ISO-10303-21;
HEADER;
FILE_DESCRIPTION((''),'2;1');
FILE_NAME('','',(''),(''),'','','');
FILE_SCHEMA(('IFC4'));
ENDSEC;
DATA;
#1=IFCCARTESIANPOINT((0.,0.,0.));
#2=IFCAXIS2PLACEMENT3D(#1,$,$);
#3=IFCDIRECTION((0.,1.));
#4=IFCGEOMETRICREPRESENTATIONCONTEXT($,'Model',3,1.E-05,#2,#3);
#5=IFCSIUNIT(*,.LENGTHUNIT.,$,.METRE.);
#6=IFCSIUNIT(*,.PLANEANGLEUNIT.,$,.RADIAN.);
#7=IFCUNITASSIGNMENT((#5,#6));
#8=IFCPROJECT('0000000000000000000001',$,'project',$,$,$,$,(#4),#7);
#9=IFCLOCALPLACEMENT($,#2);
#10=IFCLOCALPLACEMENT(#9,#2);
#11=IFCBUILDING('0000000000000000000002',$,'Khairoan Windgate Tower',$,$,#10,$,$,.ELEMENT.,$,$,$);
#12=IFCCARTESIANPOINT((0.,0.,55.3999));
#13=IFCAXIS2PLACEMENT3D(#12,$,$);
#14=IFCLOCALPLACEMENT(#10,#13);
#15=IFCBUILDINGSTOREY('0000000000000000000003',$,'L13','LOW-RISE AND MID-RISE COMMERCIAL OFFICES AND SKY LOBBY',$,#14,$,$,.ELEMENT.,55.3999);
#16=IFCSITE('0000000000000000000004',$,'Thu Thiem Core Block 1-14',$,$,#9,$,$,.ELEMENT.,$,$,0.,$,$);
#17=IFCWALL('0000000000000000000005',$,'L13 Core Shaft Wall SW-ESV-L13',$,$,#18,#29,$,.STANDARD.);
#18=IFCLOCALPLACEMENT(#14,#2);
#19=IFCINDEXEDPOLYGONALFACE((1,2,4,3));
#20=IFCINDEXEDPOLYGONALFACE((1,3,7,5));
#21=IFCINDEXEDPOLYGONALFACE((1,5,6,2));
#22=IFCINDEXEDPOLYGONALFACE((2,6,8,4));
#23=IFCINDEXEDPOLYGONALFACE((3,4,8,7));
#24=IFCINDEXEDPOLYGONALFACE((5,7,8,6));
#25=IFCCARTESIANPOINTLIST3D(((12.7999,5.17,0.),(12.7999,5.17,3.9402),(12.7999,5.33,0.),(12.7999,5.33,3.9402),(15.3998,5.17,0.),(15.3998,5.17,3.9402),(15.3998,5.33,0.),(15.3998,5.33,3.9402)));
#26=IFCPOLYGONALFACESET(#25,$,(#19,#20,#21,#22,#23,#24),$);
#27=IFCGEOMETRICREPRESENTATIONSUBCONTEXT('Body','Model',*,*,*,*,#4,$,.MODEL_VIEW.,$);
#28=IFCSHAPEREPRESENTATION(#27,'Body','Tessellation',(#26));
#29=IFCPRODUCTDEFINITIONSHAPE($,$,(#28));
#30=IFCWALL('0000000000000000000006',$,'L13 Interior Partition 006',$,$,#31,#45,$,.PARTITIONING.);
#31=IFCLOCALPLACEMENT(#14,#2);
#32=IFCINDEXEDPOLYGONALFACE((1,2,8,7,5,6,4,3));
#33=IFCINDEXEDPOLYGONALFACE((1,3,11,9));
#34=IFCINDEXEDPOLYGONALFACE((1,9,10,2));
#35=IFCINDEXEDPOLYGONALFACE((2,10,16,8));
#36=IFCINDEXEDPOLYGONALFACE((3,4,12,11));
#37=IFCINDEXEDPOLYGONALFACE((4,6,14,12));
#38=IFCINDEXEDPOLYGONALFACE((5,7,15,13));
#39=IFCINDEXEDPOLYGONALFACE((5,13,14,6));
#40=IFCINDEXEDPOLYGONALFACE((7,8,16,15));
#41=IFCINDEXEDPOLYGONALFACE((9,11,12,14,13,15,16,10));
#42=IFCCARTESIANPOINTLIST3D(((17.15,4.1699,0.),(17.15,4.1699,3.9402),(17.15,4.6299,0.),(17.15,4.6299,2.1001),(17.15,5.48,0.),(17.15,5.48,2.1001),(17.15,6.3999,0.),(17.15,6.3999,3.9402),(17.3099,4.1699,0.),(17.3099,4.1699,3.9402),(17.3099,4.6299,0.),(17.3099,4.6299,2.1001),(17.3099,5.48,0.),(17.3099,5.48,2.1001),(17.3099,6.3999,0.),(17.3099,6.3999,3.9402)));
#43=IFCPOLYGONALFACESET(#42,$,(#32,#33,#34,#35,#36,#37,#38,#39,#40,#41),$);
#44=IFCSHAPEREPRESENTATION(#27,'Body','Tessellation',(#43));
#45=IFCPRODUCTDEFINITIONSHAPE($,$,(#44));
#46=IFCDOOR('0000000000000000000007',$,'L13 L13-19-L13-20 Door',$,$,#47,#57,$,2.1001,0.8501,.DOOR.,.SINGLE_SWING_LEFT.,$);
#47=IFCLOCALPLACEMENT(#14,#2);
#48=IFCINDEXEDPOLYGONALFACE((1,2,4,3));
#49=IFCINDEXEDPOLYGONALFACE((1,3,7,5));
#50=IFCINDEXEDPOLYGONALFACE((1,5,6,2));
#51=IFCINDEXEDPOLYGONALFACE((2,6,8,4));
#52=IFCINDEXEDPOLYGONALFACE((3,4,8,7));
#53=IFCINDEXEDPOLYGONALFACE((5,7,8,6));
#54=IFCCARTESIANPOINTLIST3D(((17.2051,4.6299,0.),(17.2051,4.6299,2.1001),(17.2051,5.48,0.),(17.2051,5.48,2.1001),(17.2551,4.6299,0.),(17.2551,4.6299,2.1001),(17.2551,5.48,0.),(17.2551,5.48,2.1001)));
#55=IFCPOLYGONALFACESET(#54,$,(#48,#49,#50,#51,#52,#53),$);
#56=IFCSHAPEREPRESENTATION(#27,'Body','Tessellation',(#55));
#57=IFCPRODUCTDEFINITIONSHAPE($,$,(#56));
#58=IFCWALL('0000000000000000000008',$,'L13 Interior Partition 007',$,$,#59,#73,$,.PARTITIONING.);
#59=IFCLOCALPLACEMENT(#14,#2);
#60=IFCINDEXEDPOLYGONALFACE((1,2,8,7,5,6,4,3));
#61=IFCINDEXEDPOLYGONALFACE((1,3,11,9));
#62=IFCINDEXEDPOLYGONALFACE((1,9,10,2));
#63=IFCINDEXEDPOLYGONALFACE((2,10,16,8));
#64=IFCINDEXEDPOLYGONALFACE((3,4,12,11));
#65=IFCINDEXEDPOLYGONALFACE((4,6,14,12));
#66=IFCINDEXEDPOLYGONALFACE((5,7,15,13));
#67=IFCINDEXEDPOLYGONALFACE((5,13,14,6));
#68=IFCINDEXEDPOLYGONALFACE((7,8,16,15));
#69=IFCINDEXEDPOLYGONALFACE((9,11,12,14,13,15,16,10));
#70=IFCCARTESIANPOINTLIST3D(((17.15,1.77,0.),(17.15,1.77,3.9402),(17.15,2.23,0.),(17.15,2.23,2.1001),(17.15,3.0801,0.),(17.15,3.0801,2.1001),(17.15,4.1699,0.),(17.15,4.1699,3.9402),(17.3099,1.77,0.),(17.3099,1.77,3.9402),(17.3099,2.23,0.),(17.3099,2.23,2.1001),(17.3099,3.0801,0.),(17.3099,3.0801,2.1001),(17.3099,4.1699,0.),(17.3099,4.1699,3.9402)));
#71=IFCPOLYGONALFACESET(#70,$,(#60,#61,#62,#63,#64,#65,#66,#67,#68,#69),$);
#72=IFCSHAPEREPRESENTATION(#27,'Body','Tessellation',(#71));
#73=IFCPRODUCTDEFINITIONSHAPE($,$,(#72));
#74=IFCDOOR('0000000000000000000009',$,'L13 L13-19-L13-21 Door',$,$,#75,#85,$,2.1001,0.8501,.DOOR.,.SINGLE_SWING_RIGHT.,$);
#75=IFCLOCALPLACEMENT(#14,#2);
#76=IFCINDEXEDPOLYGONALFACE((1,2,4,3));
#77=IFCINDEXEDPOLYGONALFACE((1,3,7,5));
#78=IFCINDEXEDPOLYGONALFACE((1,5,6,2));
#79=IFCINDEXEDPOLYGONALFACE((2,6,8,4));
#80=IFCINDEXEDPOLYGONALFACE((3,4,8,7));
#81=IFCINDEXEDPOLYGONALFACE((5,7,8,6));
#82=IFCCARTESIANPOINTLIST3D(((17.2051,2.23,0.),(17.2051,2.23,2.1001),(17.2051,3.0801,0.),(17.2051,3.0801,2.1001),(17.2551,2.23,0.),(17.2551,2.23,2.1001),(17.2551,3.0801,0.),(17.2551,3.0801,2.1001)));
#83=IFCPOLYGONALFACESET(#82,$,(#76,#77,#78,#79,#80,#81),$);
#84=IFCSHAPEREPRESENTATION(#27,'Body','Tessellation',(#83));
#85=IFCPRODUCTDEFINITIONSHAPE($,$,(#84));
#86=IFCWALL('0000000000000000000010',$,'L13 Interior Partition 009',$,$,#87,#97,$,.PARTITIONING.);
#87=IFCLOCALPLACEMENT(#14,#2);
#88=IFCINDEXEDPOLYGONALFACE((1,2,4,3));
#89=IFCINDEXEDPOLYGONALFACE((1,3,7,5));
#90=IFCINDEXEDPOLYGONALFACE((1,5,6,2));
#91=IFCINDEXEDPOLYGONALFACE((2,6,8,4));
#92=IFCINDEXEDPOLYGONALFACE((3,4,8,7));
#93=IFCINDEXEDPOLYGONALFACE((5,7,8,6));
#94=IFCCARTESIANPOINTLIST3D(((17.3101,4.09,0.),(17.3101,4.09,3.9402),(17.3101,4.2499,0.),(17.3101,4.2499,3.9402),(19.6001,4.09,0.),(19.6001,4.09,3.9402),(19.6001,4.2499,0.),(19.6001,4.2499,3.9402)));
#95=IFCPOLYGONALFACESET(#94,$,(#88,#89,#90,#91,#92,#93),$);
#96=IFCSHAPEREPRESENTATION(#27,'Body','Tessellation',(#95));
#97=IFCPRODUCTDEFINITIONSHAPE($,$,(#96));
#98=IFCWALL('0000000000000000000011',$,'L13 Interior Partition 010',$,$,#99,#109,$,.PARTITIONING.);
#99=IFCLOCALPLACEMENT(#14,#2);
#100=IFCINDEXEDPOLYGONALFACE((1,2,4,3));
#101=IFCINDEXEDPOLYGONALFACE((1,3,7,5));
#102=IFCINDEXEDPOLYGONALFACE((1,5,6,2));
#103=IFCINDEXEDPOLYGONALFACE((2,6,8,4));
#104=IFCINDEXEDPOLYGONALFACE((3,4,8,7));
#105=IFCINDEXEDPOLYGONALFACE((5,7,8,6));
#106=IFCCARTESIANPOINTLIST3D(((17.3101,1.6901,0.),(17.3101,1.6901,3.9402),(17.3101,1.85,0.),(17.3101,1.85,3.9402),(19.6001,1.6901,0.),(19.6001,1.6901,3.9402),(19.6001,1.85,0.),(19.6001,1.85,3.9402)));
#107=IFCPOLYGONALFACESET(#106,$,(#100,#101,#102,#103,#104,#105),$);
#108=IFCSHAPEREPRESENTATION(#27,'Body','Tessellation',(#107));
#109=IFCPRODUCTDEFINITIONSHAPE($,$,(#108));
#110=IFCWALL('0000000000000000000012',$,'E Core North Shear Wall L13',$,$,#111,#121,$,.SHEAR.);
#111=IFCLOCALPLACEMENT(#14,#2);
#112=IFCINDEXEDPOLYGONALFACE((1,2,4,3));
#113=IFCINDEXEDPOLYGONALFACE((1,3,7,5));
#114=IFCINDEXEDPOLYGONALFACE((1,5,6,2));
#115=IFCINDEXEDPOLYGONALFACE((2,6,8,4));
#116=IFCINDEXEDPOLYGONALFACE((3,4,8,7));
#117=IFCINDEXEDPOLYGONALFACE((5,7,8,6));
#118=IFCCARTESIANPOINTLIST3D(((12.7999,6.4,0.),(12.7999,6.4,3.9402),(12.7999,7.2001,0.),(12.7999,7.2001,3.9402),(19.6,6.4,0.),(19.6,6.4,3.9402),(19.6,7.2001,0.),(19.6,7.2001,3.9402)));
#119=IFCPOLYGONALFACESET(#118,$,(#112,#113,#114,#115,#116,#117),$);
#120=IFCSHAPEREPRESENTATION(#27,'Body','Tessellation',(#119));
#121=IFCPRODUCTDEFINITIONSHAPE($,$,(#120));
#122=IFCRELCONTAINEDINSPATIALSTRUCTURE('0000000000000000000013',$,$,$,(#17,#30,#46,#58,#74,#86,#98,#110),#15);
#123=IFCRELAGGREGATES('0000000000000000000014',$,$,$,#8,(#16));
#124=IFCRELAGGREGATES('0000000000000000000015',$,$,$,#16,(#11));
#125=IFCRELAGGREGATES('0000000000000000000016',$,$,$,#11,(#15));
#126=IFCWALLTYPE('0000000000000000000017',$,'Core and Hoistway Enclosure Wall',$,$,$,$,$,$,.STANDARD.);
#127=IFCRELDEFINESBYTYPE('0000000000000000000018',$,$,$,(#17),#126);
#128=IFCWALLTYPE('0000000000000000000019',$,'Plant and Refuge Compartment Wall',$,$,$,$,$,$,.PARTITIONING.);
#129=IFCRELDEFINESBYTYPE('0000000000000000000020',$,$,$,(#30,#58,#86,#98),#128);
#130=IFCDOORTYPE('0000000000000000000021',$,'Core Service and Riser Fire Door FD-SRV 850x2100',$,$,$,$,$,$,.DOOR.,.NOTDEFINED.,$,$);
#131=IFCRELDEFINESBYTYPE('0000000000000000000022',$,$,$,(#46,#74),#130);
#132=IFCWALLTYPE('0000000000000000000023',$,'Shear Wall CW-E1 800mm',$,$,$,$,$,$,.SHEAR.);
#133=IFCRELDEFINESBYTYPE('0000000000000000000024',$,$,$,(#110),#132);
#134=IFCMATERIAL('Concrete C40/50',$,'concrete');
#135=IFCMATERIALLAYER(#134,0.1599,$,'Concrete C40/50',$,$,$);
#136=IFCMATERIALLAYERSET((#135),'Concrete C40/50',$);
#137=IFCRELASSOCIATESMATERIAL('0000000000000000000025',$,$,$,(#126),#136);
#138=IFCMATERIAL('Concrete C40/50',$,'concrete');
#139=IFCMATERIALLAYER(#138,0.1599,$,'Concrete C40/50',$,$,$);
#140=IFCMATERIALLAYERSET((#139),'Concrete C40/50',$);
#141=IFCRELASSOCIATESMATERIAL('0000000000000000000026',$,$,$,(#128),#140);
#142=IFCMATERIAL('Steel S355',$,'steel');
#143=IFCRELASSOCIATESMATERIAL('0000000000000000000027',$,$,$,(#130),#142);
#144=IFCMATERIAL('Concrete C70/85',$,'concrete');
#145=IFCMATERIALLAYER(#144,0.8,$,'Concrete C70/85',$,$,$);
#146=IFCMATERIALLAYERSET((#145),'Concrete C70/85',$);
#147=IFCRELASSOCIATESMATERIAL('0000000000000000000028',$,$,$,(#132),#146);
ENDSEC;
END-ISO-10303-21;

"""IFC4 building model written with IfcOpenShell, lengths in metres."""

from ifc_helpers import new_model, si_unit, direction, frame, frame_2d, origin, place, context, subcontext, project, spatial, rectangle, extrude, material, layer, layer_set, type_object, element, fill, save


model = new_model("IFC4")

# Units and contexts
model_context = context("Model", 3, precision=1e-05, world=origin(), true_north=direction((0.0, 1.0)))
body_context = subcontext(model_context, "Body", "Model", "MODEL_VIEW")
ifc_project = project(units=[si_unit("LENGTHUNIT", "METRE"), si_unit("PLANEANGLEUNIT", "RADIAN")], contexts=[model_context])

# Site, building, storey
site_placement = place(None, origin())
site = spatial("IfcSite", under=ifc_project, at=site_placement, Name="Thu Thiem Core Block 1-14", CompositionType="ELEMENT", RefElevation=0.0)
building_placement = place(site_placement, origin())
building = spatial("IfcBuilding", under=site, at=building_placement, Name="Khairoan Windgate Tower", CompositionType="ELEMENT")
storey_placement = place(building_placement, frame((0.0, 0.0, 55.3999)))
storey = spatial("IfcBuildingStorey", under=building, at=storey_placement, Name="L13", Description="LOW-RISE AND MID-RISE COMMERCIAL OFFICES AND SKY LOBBY", CompositionType="ELEMENT", Elevation=55.3999)

# Wall
ifc_material_1 = material(Name="Concrete C40/50", Category="concrete")
ifc_layer_1 = layer(ifc_material_1, 0.1599, Name="Concrete C40/50")
ifc_layer_set_1 = layer_set([ifc_layer_1], Name="Concrete C40/50")
wall_type_1 = type_object("IfcWallType", Name="Core and Hoistway Enclosure Wall", PredefinedType="STANDARD", material=ifc_layer_set_1)
wall_1_placement = place(storey_placement, frame((12.8, 5.25, 0.0), z_axis=(0.0, 0.0, 1.0), x_axis=(1.0, 0.0, 0.0)))
element("IfcWall", 1, at=wall_1_placement, inside=storey, type_object=wall_type_1, Name="L13 Core Shaft Wall SW-ESV-L13", PredefinedType="STANDARD", context=body_context, shape_type="SweptSolid", body=[
    extrude(rectangle(XDim=2.5999, YDim=0.1599, at=frame_2d((1.2998, 0.0))), origin(), (0.0, 0.0, 1.0), 3.9402),
])

# Walls, openings, doors
ifc_material_2 = material(Name="Concrete C40/50", Category="concrete")
ifc_layer_2 = layer(ifc_material_2, 0.1599, Name="Concrete C40/50")
ifc_layer_set_2 = layer_set([ifc_layer_2], Name="Concrete C40/50")
wall_type_2 = type_object("IfcWallType", Name="Plant and Refuge Compartment Wall", PredefinedType="PARTITIONING", material=ifc_layer_set_2)
wall_2_placement = place(storey_placement, frame((17.23, 4.1699, 0.0), z_axis=(0.0, 0.0, 1.0), x_axis=(0.0, 1.0, 0.0)))
wall_2 = element("IfcWall", 2, at=wall_2_placement, inside=storey, type_object=wall_type_2, Name="L13 Interior Partition 006", PredefinedType="PARTITIONING", context=body_context, shape_type="SweptSolid", body=[
    extrude(rectangle(XDim=2.23, YDim=0.1599, at=frame_2d((1.115, 0.0))), origin(), (0.0, 0.0, 1.0), 3.9402),
])
opening_1_placement = place(wall_2_placement, frame((0.46, 0.0, 0.0)))
opening_1 = element("IfcOpeningElement", 3, at=opening_1_placement, cuts=wall_2, PredefinedType="OPENING", context=body_context, shape_type="SweptSolid", body=[
    extrude(rectangle(XDim=0.8501, YDim=2.1001, at=frame_2d((0.425, 1.05))), frame((0.0, 0.0898, 0.0), z_axis=(0.0, -1.0, 0.0), x_axis=(1.0, 0.0, 0.0)), (0.0, 0.0, 1.0), 0.1799),
])
ifc_material_3 = material(Name="Steel S355", Category="steel")
door_type = type_object("IfcDoorType", Name="Core Service and Riser Fire Door FD-SRV 850x2100", OperationType="NOTDEFINED", PredefinedType="DOOR", material=ifc_material_3)
door_1_placement = place(opening_1_placement, origin())
door_1 = element("IfcDoor", 4, at=door_1_placement, inside=storey, type_object=door_type, Name="L13 L13-19-L13-20 Door", OperationType="SINGLE_SWING_LEFT", OverallHeight=2.1001, OverallWidth=0.8501, PredefinedType="DOOR", context=body_context, shape_type="SweptSolid", body=[
    extrude(rectangle(XDim=0.8501, YDim=2.1001, at=frame_2d((0.425, 1.05))), frame((0.0, 0.0249, 0.0), z_axis=(0.0, -1.0, 0.0), x_axis=(1.0, 0.0, 0.0)), (0.0, 0.0, 1.0), 0.05),
])
fill(opening_1, door_1)
wall_3_placement = place(storey_placement, frame((17.23, 1.77, 0.0), z_axis=(0.0, 0.0, 1.0), x_axis=(0.0, 1.0, 0.0)))
wall_3 = element("IfcWall", 5, at=wall_3_placement, inside=storey, type_object=wall_type_2, Name="L13 Interior Partition 007", PredefinedType="PARTITIONING", context=body_context, shape_type="SweptSolid", body=[
    extrude(rectangle(XDim=2.3999, YDim=0.1599, at=frame_2d((1.2, 0.0))), origin(), (0.0, 0.0, 1.0), 3.9402),
])
opening_2_placement = place(wall_3_placement, frame((0.46, 0.0, 0.0)))
opening_2 = element("IfcOpeningElement", 6, at=opening_2_placement, cuts=wall_3, PredefinedType="OPENING", context=body_context, shape_type="SweptSolid", body=[
    extrude(rectangle(XDim=0.8501, YDim=2.1001, at=frame_2d((0.425, 1.05))), frame((0.0, 0.0898, 0.0), z_axis=(0.0, -1.0, 0.0), x_axis=(1.0, 0.0, 0.0)), (0.0, 0.0, 1.0), 0.1799),
])
door_2_placement = place(opening_2_placement, origin())
door_2 = element("IfcDoor", 7, at=door_2_placement, inside=storey, type_object=door_type, Name="L13 L13-19-L13-21 Door", OperationType="SINGLE_SWING_RIGHT", OverallHeight=2.1001, OverallWidth=0.8501, PredefinedType="DOOR", context=body_context, shape_type="SweptSolid", body=[
    extrude(rectangle(XDim=0.8501, YDim=2.1001, at=frame_2d((0.425, 1.05))), frame((0.0, 0.0249, 0.0), z_axis=(0.0, -1.0, 0.0), x_axis=(1.0, 0.0, 0.0)), (0.0, 0.0, 1.0), 0.05),
])
fill(opening_2, door_2)

# Walls
for number, where, z_axis, x_axis, name in (
    (8, (17.3101, 4.1699, 0.0), (0.0, 0.0, 1.0), (1.0, 0.0, 0.0), "L13 Interior Partition 009"),
    (9, (17.3101, 1.77, 0.0), (0.0, 0.0, 1.0), (1.0, 0.0, 0.0), "L13 Interior Partition 010"),
):
    element("IfcWall", number, at=place(storey_placement, frame(where, z_axis=z_axis, x_axis=x_axis)), inside=storey, type_object=wall_type_2, Name=name, PredefinedType="PARTITIONING", context=body_context, shape_type="SweptSolid", body=[
        extrude(rectangle(XDim=2.29, YDim=0.1599, at=frame_2d((1.145, 0.0))), origin(), (0.0, 0.0, 1.0), 3.9402),
    ])
ifc_material_4 = material(Name="Concrete C70/85", Category="concrete")
ifc_layer_3 = layer(ifc_material_4, 0.8, Name="Concrete C70/85")
ifc_layer_set_3 = layer_set([ifc_layer_3], Name="Concrete C70/85")
wall_type_3 = type_object("IfcWallType", Name="Shear Wall CW-E1 800mm", PredefinedType="SHEAR", material=ifc_layer_set_3)
wall_4_placement = place(storey_placement, frame((12.8, 6.8, 0.0), z_axis=(0.0, 0.0, 1.0), x_axis=(1.0, 0.0, 0.0)))
element("IfcWall", 10, at=wall_4_placement, inside=storey, type_object=wall_type_3, Name="E Core North Shear Wall L13", PredefinedType="SHEAR", context=body_context, shape_type="SweptSolid", body=[
    extrude(rectangle(XDim=6.8, YDim=0.8, at=frame_2d((3.3999, 0.0))), origin(), (0.0, 0.0, 1.0), 3.9402),
])

save(model, "model.ifc")
